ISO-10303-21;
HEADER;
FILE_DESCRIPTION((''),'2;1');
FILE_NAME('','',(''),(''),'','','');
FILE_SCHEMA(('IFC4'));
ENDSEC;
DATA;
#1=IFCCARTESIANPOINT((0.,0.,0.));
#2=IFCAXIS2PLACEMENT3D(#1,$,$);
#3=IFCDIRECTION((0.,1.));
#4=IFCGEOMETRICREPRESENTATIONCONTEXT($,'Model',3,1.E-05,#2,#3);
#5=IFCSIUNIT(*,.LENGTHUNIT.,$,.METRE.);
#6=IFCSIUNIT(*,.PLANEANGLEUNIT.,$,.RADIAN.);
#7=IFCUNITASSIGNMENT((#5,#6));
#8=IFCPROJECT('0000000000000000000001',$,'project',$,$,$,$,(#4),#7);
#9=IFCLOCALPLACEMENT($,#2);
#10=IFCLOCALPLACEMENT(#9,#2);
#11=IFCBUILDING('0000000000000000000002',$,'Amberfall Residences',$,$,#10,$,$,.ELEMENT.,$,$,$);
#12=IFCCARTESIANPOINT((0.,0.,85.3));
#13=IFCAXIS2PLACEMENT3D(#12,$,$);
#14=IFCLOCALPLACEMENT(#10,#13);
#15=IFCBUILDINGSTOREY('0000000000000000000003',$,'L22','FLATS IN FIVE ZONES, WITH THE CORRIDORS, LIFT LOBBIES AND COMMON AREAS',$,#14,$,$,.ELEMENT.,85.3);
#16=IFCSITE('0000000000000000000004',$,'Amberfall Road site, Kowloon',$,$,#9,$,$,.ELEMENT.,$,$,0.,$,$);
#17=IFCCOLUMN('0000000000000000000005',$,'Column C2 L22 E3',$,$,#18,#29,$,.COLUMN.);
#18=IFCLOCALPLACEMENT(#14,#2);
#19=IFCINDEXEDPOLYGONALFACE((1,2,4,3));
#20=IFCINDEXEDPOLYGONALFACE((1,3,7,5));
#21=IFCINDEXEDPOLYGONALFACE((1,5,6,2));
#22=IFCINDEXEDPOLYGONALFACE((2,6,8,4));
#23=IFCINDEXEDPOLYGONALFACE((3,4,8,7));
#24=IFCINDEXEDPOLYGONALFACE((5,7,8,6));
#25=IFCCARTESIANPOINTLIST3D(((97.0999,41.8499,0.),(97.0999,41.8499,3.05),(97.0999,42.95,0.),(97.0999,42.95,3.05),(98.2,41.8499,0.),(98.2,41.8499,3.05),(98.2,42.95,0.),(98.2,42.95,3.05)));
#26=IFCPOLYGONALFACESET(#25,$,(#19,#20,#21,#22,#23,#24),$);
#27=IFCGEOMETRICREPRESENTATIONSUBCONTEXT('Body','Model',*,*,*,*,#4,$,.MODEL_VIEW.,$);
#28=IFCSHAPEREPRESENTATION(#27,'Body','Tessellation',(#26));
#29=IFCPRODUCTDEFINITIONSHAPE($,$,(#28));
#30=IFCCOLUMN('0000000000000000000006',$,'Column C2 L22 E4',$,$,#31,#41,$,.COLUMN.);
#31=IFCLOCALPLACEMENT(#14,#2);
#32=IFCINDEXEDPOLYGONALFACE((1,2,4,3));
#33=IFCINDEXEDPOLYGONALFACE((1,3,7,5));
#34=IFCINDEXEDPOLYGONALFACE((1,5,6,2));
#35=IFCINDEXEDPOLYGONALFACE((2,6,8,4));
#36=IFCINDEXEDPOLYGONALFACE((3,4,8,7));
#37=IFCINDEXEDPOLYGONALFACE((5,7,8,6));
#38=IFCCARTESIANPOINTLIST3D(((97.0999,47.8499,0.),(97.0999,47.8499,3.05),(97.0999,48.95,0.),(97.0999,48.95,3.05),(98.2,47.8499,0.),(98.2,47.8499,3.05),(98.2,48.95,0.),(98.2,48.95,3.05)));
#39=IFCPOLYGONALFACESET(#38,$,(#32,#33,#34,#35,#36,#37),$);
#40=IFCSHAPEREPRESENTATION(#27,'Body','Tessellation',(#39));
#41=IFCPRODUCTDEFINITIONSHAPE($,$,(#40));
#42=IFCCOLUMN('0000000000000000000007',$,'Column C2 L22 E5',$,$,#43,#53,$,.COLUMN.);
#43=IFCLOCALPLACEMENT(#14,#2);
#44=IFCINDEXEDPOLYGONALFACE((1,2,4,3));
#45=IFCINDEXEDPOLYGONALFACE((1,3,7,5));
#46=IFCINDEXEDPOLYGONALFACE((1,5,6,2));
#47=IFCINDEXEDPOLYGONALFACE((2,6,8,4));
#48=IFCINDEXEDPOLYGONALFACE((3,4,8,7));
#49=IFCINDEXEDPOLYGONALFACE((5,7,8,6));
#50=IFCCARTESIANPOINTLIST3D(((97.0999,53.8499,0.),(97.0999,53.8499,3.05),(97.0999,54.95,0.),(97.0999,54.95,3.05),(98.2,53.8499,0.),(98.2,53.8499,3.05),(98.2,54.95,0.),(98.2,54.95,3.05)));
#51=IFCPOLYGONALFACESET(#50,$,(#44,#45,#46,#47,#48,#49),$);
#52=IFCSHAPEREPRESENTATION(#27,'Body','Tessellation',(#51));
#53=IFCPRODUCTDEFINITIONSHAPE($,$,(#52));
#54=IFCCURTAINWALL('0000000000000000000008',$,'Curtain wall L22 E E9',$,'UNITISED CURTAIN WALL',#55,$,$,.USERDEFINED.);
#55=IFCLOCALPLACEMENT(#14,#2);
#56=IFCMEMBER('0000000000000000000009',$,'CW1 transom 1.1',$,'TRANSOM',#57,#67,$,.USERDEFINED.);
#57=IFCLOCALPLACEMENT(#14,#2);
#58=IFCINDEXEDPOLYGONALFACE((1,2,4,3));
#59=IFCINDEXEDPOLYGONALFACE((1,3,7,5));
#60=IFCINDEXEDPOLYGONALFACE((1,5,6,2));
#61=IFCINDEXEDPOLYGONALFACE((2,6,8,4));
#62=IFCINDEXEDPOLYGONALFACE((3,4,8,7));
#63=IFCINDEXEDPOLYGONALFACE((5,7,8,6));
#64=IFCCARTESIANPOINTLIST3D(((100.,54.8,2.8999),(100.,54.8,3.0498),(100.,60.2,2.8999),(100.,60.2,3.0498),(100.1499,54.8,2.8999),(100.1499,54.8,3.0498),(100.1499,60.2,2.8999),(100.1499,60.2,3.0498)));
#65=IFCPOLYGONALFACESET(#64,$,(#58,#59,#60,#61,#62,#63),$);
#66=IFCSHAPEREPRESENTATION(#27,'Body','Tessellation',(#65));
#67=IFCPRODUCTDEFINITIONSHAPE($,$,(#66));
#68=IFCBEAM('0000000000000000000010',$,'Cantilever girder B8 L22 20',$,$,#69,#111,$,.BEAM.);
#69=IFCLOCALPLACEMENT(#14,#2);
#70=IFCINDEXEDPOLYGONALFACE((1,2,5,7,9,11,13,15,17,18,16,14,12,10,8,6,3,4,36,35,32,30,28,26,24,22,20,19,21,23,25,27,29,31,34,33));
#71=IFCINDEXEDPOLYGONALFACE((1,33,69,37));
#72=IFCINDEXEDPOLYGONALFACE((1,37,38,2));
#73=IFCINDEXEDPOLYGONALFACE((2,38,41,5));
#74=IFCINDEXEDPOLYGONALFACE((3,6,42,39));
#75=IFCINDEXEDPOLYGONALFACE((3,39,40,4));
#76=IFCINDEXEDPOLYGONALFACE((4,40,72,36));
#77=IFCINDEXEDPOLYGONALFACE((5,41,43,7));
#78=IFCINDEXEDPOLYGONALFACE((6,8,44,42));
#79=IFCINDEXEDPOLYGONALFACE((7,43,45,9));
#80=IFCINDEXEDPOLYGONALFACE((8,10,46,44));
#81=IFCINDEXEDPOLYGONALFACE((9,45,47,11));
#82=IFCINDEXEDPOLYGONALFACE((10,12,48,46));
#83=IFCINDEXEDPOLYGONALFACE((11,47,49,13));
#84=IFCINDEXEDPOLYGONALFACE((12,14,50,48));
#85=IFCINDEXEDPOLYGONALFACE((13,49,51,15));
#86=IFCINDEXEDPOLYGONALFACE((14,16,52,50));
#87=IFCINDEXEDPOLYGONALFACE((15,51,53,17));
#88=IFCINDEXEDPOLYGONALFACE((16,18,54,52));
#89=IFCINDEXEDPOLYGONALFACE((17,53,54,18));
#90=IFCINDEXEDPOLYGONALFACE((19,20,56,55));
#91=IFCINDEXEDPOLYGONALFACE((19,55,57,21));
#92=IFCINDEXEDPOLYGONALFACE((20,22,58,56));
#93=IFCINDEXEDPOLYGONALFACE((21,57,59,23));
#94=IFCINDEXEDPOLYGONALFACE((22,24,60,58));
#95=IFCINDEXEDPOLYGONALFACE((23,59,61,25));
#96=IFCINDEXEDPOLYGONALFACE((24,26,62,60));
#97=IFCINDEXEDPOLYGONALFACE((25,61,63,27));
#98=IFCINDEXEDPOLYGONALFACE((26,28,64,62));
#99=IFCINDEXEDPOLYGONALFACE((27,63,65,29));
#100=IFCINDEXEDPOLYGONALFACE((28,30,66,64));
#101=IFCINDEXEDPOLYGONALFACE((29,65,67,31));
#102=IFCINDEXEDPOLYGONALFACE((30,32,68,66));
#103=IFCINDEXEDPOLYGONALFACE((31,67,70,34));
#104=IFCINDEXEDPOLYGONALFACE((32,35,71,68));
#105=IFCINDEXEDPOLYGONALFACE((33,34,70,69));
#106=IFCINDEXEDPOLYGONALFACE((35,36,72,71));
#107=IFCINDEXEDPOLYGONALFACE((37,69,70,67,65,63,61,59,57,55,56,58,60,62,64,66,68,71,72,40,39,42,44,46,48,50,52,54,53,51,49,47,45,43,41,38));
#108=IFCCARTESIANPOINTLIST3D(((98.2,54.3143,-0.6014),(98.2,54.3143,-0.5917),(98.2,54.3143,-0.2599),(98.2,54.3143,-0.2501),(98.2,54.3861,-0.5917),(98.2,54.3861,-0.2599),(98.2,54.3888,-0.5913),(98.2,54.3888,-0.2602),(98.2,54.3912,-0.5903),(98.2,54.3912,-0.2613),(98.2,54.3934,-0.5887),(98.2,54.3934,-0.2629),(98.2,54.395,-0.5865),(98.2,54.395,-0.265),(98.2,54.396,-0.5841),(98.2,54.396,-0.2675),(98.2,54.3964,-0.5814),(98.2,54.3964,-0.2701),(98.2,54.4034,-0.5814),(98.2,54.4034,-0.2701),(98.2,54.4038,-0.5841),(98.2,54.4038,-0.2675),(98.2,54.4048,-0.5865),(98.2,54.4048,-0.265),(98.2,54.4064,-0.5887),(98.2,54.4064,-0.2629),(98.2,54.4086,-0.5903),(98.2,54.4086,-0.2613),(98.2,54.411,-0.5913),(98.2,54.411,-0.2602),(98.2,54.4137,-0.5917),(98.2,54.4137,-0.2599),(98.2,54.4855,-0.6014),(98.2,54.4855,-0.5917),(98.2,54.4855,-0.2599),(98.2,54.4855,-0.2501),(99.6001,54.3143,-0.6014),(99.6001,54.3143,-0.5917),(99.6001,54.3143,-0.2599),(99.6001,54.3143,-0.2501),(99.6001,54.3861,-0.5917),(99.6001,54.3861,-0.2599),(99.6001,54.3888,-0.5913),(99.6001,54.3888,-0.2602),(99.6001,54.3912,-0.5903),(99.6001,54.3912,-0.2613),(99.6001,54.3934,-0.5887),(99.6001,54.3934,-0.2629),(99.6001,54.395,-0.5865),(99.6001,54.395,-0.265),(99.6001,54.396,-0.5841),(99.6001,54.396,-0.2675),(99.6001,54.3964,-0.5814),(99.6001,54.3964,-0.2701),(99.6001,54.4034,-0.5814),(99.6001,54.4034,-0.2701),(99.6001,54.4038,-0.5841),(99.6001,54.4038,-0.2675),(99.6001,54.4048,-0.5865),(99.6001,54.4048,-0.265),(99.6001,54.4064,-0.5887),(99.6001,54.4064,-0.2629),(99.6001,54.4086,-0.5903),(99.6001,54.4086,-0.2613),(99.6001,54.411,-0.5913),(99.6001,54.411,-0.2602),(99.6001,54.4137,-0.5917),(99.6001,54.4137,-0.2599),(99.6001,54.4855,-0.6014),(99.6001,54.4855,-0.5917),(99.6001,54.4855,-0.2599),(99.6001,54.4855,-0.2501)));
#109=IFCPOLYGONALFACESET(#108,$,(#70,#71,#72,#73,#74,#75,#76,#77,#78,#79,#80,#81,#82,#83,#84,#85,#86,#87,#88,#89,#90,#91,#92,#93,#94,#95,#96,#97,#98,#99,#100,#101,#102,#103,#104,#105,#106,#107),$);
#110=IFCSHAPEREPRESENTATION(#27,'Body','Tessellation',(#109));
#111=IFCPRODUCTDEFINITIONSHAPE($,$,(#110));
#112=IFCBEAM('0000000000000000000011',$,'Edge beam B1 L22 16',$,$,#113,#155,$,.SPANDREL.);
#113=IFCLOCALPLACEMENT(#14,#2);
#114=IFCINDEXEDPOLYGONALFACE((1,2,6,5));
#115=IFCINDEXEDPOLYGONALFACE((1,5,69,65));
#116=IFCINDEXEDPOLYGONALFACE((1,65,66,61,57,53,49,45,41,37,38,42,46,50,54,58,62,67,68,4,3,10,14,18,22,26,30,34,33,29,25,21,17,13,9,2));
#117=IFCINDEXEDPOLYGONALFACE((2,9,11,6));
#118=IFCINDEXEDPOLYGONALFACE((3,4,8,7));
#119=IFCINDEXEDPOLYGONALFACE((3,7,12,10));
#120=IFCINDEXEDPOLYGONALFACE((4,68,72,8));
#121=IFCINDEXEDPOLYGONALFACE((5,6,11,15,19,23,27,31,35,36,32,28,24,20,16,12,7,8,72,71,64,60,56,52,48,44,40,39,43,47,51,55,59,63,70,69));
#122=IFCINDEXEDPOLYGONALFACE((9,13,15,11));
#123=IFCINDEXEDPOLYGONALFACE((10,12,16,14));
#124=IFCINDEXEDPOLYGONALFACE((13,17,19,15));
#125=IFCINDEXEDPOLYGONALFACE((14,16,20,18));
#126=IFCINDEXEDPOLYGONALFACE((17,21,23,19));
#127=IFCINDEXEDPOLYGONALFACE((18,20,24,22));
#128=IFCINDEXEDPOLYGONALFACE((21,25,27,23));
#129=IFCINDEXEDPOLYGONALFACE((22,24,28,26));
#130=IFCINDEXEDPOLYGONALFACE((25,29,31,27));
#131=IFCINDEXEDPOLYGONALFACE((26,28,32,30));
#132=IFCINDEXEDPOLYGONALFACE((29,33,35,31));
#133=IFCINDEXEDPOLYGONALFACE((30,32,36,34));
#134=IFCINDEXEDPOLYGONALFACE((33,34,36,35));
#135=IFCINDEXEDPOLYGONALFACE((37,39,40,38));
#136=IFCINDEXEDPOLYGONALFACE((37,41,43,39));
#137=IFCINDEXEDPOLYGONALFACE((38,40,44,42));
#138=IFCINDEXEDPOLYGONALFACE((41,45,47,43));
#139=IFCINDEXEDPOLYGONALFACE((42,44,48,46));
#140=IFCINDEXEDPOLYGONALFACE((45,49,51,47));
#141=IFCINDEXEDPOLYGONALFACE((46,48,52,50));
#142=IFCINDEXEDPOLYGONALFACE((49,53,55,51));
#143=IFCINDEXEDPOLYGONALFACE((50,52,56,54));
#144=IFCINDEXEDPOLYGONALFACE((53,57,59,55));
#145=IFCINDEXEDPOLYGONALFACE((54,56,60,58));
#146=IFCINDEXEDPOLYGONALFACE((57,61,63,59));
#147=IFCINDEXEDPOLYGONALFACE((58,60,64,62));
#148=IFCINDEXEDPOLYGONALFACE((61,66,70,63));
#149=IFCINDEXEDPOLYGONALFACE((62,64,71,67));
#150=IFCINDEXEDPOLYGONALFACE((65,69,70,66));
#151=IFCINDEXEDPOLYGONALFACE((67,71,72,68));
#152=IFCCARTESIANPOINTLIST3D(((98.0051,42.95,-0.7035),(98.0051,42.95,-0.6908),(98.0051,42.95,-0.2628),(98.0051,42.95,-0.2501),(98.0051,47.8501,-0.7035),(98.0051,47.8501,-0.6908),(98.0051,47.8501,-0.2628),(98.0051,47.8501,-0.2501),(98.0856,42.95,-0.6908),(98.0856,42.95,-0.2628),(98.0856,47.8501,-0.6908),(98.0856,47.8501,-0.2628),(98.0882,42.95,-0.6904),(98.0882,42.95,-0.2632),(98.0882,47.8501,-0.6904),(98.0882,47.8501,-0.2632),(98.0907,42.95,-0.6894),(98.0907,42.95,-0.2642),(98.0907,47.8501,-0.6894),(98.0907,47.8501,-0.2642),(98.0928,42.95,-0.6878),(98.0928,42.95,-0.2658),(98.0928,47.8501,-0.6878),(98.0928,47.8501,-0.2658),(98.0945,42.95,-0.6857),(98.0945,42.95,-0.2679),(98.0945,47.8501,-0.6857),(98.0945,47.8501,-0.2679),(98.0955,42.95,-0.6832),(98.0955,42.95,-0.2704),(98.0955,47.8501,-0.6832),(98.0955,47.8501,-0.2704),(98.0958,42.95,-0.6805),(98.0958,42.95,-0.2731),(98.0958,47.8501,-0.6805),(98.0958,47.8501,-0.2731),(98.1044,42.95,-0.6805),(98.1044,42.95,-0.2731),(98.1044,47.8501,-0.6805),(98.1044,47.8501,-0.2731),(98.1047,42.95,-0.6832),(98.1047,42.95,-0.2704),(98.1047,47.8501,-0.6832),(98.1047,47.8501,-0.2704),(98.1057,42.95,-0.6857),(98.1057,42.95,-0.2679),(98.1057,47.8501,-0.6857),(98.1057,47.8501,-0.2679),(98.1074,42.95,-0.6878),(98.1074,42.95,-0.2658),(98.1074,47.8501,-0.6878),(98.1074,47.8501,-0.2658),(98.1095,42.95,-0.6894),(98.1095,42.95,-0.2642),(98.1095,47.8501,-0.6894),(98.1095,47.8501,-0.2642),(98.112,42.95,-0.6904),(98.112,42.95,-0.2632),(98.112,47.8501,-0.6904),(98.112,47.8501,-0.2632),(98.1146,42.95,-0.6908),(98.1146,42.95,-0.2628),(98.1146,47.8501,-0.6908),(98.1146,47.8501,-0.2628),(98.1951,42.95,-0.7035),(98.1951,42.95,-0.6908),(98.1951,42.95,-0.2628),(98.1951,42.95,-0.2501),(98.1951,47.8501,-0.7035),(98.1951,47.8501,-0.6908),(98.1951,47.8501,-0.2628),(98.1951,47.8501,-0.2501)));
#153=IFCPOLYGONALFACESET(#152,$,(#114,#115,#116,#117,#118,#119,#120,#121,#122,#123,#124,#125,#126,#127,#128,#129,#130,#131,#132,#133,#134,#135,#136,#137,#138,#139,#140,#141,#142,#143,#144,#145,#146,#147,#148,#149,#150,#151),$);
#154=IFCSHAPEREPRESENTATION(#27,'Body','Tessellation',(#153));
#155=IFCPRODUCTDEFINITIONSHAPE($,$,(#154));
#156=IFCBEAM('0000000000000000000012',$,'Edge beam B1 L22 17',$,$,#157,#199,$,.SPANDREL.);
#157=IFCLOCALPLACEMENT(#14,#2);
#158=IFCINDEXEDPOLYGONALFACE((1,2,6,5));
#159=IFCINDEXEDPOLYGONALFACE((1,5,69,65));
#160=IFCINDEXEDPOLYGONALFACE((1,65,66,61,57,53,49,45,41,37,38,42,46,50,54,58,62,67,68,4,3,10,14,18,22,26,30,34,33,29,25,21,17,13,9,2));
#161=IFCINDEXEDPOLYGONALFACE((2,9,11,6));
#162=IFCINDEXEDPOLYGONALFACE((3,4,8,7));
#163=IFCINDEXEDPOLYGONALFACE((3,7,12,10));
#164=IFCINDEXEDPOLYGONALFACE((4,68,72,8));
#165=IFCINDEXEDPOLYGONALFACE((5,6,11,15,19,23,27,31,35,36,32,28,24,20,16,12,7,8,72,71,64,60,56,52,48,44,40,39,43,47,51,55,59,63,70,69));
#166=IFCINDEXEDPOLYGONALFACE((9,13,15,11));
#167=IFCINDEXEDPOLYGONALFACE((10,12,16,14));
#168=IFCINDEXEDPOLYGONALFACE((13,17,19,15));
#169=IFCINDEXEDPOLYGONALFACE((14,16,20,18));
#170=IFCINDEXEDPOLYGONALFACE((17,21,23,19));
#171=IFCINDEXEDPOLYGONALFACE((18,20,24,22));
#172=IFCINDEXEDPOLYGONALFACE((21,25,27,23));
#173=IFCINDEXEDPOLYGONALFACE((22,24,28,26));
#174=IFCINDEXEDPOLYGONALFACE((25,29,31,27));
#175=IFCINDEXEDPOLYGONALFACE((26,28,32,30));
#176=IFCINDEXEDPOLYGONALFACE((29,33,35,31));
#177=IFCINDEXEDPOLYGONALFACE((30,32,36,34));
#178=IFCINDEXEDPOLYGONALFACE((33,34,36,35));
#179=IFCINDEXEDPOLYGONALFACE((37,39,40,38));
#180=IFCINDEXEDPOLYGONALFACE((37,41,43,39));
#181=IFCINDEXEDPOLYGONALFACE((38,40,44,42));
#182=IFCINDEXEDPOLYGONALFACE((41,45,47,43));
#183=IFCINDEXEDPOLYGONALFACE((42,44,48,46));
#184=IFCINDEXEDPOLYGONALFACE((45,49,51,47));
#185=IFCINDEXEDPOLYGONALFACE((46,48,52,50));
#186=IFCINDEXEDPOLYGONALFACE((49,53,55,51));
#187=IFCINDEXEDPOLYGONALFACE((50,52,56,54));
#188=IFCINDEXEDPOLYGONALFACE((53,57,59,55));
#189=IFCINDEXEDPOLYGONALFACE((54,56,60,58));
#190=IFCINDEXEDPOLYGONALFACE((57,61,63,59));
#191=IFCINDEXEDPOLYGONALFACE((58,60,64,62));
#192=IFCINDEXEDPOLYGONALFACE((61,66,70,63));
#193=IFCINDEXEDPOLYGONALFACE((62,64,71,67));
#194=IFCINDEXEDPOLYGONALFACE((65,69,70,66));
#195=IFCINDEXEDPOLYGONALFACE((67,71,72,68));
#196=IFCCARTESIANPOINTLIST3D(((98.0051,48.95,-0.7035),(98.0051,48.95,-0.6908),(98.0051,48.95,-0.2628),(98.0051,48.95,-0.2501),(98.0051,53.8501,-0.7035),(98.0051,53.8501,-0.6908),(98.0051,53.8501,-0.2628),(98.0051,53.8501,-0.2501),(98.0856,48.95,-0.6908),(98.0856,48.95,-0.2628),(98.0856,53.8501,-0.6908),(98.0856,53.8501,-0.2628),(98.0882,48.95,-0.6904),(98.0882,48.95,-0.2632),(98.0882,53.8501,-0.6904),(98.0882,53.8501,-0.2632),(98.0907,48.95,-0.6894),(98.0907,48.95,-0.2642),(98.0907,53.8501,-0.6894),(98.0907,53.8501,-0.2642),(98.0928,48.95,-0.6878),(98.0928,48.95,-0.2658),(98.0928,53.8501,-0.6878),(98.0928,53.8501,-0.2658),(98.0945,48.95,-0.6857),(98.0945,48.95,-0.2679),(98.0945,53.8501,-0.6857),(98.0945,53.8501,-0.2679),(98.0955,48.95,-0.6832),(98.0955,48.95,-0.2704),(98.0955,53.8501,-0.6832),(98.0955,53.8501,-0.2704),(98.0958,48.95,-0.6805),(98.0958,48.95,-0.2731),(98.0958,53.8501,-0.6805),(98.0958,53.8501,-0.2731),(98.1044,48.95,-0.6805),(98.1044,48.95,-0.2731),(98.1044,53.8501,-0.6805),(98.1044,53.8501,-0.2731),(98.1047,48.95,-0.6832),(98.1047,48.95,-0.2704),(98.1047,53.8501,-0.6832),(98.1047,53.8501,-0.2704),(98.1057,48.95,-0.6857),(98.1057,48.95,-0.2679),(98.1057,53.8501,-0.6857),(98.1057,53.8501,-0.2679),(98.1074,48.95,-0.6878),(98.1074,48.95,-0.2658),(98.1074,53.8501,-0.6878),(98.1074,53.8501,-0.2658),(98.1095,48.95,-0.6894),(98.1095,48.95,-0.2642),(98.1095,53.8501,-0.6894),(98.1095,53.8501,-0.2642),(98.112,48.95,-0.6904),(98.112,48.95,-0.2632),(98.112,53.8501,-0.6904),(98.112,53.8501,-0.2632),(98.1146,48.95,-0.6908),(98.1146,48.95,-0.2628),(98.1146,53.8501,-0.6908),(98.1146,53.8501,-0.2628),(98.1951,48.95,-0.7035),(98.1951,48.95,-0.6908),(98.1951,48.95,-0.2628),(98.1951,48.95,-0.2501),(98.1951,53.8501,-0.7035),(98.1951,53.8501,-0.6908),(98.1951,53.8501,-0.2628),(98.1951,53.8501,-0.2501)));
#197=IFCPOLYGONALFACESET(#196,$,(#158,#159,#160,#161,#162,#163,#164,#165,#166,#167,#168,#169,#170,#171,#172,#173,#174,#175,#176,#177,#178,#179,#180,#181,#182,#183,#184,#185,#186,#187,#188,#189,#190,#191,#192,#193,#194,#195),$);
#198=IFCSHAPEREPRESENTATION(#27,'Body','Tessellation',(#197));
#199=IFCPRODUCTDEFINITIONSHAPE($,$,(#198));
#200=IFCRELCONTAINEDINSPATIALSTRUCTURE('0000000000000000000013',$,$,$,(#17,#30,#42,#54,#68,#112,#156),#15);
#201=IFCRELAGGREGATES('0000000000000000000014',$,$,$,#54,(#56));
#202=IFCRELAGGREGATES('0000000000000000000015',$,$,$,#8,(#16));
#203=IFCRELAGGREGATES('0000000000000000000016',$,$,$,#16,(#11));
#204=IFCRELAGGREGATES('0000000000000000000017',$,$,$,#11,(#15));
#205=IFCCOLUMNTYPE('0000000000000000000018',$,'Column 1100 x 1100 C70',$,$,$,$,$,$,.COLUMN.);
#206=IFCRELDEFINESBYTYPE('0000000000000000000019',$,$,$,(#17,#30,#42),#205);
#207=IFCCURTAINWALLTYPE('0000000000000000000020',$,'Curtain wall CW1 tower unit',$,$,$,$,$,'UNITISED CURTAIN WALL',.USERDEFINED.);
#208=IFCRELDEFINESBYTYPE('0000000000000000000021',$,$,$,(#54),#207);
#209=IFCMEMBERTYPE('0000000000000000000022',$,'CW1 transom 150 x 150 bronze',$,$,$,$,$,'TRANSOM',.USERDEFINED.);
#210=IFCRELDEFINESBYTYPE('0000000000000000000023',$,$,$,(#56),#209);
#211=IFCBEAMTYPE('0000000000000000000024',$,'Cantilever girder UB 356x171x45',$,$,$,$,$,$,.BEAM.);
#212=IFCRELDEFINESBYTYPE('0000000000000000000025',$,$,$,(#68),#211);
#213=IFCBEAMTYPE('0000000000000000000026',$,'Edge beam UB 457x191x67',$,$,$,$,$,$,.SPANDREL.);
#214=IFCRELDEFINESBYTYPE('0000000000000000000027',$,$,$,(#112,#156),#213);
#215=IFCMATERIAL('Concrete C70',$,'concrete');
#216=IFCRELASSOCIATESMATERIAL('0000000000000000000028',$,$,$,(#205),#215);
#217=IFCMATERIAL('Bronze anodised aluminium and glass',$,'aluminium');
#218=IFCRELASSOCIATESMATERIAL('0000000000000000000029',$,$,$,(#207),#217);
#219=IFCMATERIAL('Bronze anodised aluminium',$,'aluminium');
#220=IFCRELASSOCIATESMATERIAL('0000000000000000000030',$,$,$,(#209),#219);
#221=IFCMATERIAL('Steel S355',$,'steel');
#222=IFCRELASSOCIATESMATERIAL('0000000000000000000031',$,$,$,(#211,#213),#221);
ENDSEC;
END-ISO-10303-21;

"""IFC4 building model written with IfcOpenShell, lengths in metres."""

from ifc_helpers import new_model, si_unit, direction, frame, origin, origin_2d, place, context, subcontext, project, spatial, rectangle, i_section, extrude, material, material_profile, profile_set, type_object, element, aggregate, save


model = new_model("IFC4")

# Units and contexts
model_context = context("Model", 3, precision=1e-05, world=origin(), true_north=direction((0.0, 1.0)))
body_context = subcontext(model_context, "Body", "Model", "MODEL_VIEW")
ifc_project = project(units=[si_unit("LENGTHUNIT", "METRE"), si_unit("PLANEANGLEUNIT", "RADIAN")], contexts=[model_context])

# Site, building, storey
site_placement = place(None, origin())
site = spatial("IfcSite", under=ifc_project, at=site_placement, Name="Amberfall Road site, Kowloon", CompositionType="ELEMENT", RefElevation=0.0)
building_placement = place(site_placement, origin())
building = spatial("IfcBuilding", under=site, at=building_placement, Name="Amberfall Residences", CompositionType="ELEMENT")
storey_placement = place(building_placement, frame((0.0, 0.0, 85.3)))
storey = spatial("IfcBuildingStorey", under=building, at=storey_placement, Name="L22", Description="FLATS IN FIVE ZONES, WITH THE CORRIDORS, LIFT LOBBIES AND COMMON AREAS", CompositionType="ELEMENT", Elevation=85.3)

# Columns
ifc_material_1 = material(Name="Concrete C70", Category="concrete")
ifc_material_profile_1 = material_profile(ifc_material_1, rectangle(XDim=1.1001, YDim=1.1001, at=origin_2d()), Name="Column 1100 x 1100 C70")
ifc_profile_set_1 = profile_set([ifc_material_profile_1], Name="Concrete C70")
column_type = type_object("IfcColumnType", Name="Column 1100 x 1100 C70", PredefinedType="COLUMN", material=ifc_profile_set_1)
for number, where, z_axis, x_axis, name in (
    (1, (97.6499, 42.3999, 0.0), (0.0, 0.0, 1.0), (1.0, 0.0, 0.0), "Column C2 L22 E3"),
    (2, (97.6499, 48.3999, 0.0), (0.0, 0.0, 1.0), (1.0, 0.0, 0.0), "Column C2 L22 E4"),
    (3, (97.6499, 54.3999, 0.0), (0.0, 0.0, 1.0), (1.0, 0.0, 0.0), "Column C2 L22 E5"),
):
    element("IfcColumn", number, at=place(storey_placement, frame(where, z_axis=z_axis, x_axis=x_axis)), inside=storey, type_object=column_type, Name=name, PredefinedType="COLUMN", context=body_context, shape_type="SweptSolid", body=[
        extrude(rectangle(XDim=1.1001, YDim=1.1001, at=origin_2d()), origin(), (0.0, 0.0, 1.0), 3.05),
    ])

# Curtain wall, member
ifc_material_2 = material(Name="Bronze anodised aluminium and glass", Category="aluminium")
curtain_wall_type = type_object("IfcCurtainWallType", Name="Curtain wall CW1 tower unit", ElementType="UNITISED CURTAIN WALL", PredefinedType="USERDEFINED", material=ifc_material_2)
curtain_wall_placement = place(storey_placement, origin())
curtain_wall = element("IfcCurtainWall", 4, at=curtain_wall_placement, inside=storey, type_object=curtain_wall_type, Name="Curtain wall L22 E E9", ObjectType="UNITISED CURTAIN WALL", PredefinedType="USERDEFINED")
ifc_material_3 = material(Name="Bronze anodised aluminium", Category="aluminium")
ifc_material_profile_2 = material_profile(ifc_material_3, rectangle(XDim=0.1499, YDim=0.1499, at=origin_2d()), Name="CW1 transom 150 x 150 bronze")
ifc_profile_set_2 = profile_set([ifc_material_profile_2], Name="Bronze anodised aluminium")
member_type_1 = type_object("IfcMemberType", Name="CW1 transom 150 x 150 bronze", ElementType="TRANSOM", PredefinedType="USERDEFINED", material=ifc_profile_set_2)
member_1_placement = place(storey_placement, frame((100.075, 54.8, 2.9749), z_axis=(0.0, 1.0, 0.0), x_axis=(-1.0, 0.0, 0.0)))
member_1 = element("IfcMember", 5, at=member_1_placement, type_object=member_type_1, Name="CW1 transom 1.1", ObjectType="TRANSOM", PredefinedType="USERDEFINED", context=body_context, shape_type="SweptSolid", body=[
    extrude(rectangle(XDim=0.1499, YDim=0.1499, at=origin_2d()), origin(), (0.0, 0.0, 1.0), 5.3999),
])

# Beams
ifc_material_4 = material(Name="Steel S355", Category="steel")
ifc_material_profile_3 = material_profile(ifc_material_4, i_section(OverallWidth=0.1711, OverallDepth=0.3513, WebThickness=0.0071, FlangeThickness=0.0098, FilletRadius=0.0103, at=origin_2d()), Name="UB 356x171x45")
ifc_profile_set_3 = profile_set([ifc_material_profile_3], Name="Steel S355")
beam_type_1 = type_object("IfcBeamType", Name="Cantilever girder UB 356x171x45", PredefinedType="BEAM", material=ifc_profile_set_3)
beam_1_placement = place(storey_placement, frame((98.2, 54.3999, -0.4258), z_axis=(1.0, 0.0, 0.0), x_axis=(0.0, 1.0, 0.0)))
element("IfcBeam", 6, at=beam_1_placement, inside=storey, type_object=beam_type_1, Name="Cantilever girder B8 L22 20", PredefinedType="BEAM", context=body_context, shape_type="SweptSolid", body=[
    extrude(i_section(OverallWidth=0.1711, OverallDepth=0.3513, WebThickness=0.0071, FlangeThickness=0.0098, FilletRadius=0.0103, at=origin_2d()), origin(), (0.0, 0.0, 1.0), 1.4001),
])
ifc_material_profile_4 = material_profile(ifc_material_4, i_section(OverallWidth=0.1899, OverallDepth=0.4534, WebThickness=0.0085, FlangeThickness=0.0127, FilletRadius=0.0103, at=origin_2d()), Name="UB 457x191x67")
ifc_profile_set_4 = profile_set([ifc_material_profile_4], Name="Steel S355")
beam_type_2 = type_object("IfcBeamType", Name="Edge beam UB 457x191x67", PredefinedType="SPANDREL", material=ifc_profile_set_4)
for number, where, z_axis, x_axis, name in (
    (7, (98.1001, 42.95, -0.4768), (0.0, 1.0, 0.0), (-1.0, 0.0, 0.0), "Edge beam B1 L22 16"),
    (8, (98.1001, 48.95, -0.4768), (0.0, 1.0, 0.0), (-1.0, 0.0, 0.0), "Edge beam B1 L22 17"),
):
    element("IfcBeam", number, at=place(storey_placement, frame(where, z_axis=z_axis, x_axis=x_axis)), inside=storey, type_object=beam_type_2, Name=name, PredefinedType="SPANDREL", context=body_context, shape_type="SweptSolid", body=[
        extrude(i_section(OverallWidth=0.1899, OverallDepth=0.4534, WebThickness=0.0085, FlangeThickness=0.0127, FilletRadius=0.0103, at=origin_2d()), origin(), (0.0, 0.0, 1.0), 4.9001),
    ])

aggregate(curtain_wall, [member_1])

save(model, "model.ifc")
